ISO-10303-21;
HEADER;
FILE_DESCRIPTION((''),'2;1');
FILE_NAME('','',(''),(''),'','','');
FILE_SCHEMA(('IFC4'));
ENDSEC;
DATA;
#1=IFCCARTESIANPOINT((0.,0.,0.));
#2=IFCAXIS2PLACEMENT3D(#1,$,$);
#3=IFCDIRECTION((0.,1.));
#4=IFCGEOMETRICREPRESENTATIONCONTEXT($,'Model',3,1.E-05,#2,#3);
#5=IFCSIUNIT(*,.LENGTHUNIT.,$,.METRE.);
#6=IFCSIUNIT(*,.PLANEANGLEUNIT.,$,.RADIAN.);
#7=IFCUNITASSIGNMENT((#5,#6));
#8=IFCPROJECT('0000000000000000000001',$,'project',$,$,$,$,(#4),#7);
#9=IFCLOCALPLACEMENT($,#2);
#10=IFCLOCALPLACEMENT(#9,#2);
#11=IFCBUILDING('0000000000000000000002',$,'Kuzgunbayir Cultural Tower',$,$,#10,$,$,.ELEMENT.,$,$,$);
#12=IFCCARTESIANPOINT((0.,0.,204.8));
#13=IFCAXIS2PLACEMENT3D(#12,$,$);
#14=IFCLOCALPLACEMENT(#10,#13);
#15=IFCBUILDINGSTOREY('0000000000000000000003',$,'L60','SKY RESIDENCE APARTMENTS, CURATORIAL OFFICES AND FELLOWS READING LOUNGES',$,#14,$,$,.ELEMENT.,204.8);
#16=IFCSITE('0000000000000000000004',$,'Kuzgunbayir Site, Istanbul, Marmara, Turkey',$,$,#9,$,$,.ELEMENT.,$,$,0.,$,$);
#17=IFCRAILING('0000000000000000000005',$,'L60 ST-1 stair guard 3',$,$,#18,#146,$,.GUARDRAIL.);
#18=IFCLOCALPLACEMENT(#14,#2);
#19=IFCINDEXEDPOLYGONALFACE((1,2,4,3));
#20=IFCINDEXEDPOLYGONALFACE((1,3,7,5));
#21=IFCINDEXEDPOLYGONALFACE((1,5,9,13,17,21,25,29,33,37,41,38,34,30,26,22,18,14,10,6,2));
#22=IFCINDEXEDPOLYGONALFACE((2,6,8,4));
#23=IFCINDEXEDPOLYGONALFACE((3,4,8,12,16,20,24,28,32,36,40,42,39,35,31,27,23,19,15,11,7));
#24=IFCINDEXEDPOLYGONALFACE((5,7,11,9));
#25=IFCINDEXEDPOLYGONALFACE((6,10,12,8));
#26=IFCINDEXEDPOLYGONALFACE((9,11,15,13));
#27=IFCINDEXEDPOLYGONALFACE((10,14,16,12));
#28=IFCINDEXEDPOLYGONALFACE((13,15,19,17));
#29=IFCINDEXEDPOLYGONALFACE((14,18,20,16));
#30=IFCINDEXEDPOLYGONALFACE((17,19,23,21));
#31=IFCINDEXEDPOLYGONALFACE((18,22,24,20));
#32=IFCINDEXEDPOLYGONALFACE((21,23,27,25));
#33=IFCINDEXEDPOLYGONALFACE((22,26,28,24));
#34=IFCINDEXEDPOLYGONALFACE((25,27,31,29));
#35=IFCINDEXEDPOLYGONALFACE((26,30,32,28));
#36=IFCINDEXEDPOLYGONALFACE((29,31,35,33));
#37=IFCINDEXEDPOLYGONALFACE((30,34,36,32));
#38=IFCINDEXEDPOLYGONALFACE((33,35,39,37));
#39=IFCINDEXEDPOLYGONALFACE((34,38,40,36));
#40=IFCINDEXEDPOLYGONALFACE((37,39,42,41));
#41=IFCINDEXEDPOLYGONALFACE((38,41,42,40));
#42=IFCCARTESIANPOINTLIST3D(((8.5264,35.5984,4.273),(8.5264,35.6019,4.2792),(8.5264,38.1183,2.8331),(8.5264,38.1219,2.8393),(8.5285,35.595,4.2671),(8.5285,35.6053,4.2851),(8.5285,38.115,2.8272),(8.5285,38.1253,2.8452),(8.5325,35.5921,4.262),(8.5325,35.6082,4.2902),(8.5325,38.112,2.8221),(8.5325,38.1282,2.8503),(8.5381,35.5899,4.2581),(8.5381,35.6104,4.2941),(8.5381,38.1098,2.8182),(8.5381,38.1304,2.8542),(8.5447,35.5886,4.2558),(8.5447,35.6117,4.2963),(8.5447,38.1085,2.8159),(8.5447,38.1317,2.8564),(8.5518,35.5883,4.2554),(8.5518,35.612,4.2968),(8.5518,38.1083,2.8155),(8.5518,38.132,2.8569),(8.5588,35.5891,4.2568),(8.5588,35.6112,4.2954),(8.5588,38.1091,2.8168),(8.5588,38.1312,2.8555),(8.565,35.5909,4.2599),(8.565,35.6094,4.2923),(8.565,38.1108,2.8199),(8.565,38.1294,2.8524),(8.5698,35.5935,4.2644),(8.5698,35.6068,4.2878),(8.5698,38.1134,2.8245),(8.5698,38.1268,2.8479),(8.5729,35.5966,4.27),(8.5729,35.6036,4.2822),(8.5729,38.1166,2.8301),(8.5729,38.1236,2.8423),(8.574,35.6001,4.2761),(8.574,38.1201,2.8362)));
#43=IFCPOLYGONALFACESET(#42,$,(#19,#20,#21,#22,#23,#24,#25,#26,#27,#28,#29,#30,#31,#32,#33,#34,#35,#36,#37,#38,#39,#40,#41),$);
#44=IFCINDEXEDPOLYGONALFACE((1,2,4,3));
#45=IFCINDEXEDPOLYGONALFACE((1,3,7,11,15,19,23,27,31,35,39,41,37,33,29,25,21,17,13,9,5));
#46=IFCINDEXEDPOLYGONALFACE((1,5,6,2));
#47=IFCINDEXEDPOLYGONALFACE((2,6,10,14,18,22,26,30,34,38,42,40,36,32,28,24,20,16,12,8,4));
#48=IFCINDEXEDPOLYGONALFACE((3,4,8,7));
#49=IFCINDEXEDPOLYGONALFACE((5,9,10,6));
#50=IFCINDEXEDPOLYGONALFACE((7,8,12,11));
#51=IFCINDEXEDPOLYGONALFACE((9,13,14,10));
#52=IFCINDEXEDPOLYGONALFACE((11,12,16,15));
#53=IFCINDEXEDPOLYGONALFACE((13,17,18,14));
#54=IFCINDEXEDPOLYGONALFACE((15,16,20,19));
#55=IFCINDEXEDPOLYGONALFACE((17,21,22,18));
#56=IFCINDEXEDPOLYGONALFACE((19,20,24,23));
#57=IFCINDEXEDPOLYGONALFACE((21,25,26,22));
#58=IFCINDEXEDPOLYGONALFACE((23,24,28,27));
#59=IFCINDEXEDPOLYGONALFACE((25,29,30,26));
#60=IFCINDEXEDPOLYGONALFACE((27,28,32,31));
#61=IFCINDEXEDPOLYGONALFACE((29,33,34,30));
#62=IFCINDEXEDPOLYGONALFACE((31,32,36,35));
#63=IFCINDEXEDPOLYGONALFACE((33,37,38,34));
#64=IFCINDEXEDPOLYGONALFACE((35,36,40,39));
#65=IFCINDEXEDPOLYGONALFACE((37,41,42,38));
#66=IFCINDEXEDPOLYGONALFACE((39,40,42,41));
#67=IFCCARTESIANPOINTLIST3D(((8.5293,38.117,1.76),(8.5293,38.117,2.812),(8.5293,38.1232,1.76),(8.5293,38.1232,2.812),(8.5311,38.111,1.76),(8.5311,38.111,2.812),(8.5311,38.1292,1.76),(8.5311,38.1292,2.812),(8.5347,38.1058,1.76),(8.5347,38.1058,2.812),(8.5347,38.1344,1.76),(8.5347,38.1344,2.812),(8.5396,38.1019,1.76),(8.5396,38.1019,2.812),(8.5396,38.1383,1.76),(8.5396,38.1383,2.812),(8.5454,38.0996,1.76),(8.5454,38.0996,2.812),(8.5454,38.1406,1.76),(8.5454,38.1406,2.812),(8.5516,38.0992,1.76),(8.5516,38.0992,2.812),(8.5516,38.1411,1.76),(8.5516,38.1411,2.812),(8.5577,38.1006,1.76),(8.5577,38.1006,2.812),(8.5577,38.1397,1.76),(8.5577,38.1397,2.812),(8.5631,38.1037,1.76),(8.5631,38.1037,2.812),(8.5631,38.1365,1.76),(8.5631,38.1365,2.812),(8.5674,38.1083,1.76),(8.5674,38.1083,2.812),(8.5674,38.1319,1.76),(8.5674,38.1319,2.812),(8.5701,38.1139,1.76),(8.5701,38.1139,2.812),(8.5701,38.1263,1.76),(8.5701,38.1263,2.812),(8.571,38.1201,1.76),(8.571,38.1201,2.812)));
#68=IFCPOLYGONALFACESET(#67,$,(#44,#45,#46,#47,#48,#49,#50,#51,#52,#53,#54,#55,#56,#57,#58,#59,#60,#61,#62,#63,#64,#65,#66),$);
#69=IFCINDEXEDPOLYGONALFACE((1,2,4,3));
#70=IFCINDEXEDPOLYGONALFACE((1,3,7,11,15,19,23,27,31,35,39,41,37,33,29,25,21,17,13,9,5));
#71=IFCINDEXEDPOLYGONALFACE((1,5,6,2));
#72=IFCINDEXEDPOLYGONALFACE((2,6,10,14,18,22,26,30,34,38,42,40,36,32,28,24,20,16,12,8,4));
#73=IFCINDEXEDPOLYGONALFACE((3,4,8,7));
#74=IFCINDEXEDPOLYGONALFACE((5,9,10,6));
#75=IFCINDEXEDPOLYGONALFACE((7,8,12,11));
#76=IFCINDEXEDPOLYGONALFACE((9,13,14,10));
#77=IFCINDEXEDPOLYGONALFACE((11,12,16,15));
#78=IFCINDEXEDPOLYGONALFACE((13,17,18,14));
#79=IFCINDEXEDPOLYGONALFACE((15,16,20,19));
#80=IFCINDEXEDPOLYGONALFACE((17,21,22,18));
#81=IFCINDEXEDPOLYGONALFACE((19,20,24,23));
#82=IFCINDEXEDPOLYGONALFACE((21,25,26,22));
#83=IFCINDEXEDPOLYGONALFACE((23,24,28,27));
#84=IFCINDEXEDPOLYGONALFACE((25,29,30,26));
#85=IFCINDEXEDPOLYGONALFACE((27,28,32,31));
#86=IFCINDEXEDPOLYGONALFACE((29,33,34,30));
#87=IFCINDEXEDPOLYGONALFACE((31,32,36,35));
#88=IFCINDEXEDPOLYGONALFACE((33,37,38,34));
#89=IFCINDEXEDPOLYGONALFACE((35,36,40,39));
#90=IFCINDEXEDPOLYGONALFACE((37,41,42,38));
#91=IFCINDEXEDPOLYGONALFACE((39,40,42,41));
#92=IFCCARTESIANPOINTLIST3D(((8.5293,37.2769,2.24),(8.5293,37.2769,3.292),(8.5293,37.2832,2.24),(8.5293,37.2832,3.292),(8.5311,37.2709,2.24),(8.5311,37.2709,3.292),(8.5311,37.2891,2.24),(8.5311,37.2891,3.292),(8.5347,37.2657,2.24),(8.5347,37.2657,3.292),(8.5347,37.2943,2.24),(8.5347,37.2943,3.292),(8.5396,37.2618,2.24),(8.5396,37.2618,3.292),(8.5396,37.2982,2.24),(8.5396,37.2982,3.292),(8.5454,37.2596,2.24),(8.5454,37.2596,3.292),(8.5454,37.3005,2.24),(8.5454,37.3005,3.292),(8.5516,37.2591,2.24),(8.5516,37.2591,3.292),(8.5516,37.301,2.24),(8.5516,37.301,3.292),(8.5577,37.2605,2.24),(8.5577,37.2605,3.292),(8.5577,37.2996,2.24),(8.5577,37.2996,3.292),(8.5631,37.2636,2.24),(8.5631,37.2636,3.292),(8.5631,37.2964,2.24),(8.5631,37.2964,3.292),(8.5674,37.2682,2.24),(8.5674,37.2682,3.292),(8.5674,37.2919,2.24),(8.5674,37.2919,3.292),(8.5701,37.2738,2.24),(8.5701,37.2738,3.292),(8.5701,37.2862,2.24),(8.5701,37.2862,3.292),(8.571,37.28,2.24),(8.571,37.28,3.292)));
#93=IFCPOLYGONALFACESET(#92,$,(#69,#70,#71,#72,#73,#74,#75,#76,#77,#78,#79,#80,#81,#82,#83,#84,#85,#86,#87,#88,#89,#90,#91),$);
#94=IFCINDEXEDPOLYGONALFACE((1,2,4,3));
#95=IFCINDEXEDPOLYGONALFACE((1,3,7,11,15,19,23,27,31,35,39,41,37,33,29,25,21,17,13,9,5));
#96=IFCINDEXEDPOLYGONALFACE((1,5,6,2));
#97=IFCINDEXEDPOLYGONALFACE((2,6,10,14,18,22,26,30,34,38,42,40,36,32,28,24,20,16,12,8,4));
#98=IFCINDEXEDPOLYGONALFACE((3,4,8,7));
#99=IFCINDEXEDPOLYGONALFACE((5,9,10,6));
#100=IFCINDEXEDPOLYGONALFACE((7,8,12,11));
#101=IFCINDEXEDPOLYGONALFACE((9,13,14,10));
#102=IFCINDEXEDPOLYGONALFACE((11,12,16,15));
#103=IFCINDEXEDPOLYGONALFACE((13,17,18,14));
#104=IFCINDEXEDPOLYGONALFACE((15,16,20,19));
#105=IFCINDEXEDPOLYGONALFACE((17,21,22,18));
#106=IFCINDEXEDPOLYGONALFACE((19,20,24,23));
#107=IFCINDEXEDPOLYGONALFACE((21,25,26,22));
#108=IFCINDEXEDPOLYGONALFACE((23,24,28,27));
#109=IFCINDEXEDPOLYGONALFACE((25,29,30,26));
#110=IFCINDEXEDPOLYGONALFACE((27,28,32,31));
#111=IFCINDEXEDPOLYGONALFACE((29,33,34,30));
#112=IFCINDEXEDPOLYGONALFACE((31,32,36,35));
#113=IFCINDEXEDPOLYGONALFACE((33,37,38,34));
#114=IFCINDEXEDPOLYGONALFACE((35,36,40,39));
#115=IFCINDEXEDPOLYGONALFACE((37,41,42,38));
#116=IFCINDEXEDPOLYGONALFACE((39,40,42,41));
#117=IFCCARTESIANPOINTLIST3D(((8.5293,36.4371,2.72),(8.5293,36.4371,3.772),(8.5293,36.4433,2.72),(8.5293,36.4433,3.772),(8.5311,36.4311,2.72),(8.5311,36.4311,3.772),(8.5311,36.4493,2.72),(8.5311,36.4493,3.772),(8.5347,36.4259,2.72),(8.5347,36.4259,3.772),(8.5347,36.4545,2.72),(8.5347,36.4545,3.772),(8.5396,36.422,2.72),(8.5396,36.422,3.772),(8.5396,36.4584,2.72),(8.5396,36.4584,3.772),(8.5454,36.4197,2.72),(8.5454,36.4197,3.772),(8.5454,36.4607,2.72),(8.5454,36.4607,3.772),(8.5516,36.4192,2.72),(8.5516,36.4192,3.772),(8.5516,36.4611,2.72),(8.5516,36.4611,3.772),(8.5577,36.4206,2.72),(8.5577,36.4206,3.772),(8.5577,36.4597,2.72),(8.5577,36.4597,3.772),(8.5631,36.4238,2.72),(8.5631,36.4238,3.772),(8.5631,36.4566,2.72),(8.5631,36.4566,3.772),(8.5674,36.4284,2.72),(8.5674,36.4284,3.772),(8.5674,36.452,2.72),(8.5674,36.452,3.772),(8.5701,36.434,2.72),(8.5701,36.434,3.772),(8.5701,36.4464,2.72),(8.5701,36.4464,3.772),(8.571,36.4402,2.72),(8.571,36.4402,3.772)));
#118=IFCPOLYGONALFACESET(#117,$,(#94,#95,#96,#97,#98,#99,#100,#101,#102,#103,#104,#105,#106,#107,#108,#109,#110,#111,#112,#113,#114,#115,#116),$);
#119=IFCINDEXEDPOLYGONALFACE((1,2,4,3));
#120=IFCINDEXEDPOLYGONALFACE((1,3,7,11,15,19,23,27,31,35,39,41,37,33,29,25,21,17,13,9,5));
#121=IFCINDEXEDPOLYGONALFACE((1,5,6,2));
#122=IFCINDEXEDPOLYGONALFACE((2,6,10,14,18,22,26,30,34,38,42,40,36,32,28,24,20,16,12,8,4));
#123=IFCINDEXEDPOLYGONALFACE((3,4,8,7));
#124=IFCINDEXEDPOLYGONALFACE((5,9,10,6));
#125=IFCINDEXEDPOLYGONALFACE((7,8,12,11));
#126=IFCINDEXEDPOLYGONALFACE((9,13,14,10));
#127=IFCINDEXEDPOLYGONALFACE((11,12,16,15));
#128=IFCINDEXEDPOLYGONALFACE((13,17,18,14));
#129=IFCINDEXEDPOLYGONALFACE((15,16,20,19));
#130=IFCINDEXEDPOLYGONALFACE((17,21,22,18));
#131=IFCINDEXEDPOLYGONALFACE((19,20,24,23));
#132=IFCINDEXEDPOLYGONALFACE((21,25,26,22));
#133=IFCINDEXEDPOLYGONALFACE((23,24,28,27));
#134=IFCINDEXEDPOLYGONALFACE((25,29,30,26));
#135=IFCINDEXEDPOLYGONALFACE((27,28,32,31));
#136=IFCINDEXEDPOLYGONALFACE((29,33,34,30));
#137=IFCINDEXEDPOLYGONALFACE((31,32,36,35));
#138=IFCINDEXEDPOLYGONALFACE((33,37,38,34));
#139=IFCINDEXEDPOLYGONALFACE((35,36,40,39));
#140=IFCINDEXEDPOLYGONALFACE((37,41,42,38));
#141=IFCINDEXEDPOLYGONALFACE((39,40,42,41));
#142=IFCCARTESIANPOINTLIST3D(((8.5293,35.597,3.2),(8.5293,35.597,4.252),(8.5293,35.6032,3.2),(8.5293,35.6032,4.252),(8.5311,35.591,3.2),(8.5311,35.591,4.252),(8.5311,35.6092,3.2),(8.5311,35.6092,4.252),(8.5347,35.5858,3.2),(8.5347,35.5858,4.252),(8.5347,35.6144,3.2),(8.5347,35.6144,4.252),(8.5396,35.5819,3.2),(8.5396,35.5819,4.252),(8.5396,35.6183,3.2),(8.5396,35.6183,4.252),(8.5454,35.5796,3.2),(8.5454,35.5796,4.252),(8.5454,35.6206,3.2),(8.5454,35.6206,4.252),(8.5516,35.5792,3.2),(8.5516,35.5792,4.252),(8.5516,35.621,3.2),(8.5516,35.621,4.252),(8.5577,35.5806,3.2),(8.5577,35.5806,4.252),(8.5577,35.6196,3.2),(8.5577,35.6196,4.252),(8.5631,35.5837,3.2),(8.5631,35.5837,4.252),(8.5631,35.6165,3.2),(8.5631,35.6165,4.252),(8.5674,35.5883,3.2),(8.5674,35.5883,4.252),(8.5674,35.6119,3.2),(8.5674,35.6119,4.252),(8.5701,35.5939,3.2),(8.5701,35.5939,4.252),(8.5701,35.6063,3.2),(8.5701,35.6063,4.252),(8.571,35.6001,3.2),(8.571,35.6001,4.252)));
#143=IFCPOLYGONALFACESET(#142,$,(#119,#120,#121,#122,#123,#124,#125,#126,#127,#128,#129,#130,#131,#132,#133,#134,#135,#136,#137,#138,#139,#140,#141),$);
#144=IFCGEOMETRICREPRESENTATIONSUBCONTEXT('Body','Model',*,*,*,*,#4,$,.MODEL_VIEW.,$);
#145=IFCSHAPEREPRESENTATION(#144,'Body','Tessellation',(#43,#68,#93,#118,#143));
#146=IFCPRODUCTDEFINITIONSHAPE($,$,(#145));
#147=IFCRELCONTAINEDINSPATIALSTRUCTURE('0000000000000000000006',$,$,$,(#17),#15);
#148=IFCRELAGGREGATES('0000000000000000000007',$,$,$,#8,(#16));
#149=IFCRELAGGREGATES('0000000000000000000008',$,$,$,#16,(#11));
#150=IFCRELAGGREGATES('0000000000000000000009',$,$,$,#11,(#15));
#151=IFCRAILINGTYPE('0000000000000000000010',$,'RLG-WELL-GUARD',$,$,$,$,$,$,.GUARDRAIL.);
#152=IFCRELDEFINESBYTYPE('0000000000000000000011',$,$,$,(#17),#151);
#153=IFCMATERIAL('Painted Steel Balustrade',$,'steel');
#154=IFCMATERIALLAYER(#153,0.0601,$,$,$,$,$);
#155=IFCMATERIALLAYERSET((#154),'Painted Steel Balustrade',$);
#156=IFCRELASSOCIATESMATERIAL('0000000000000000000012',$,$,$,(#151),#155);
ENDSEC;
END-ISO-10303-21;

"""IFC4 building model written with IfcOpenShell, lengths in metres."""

from ifc_helpers import new_model, si_unit, direction, frame, origin, origin_2d, place, context, subcontext, project, spatial, circle, extrude, material, layer, layer_set, type_object, element, save


model = new_model("IFC4")

# Units and contexts
model_context = context("Model", 3, precision=1e-05, world=origin(), true_north=direction((0.0, 1.0)))
body_context = subcontext(model_context, "Body", "Model", "MODEL_VIEW")
ifc_project = project(units=[si_unit("LENGTHUNIT", "METRE"), si_unit("PLANEANGLEUNIT", "RADIAN")], contexts=[model_context])

# Site, building, storey
site_placement = place(None, origin())
site = spatial("IfcSite", under=ifc_project, at=site_placement, Name="Kuzgunbayir Site, Istanbul, Marmara, Turkey", CompositionType="ELEMENT", RefElevation=0.0)
building_placement = place(site_placement, origin())
building = spatial("IfcBuilding", under=site, at=building_placement, Name="Kuzgunbayir Cultural Tower", CompositionType="ELEMENT")
storey_placement = place(building_placement, frame((0.0, 0.0, 204.8)))
storey = spatial("IfcBuildingStorey", under=building, at=storey_placement, Name="L60", Description="SKY RESIDENCE APARTMENTS, CURATORIAL OFFICES AND FELLOWS READING LOUNGES", CompositionType="ELEMENT", Elevation=204.8)

# Railing
ifc_material_1 = material(Name="Painted Steel Balustrade", Category="steel")
ifc_layer_1 = layer(ifc_material_1, 0.0601)
ifc_layer_set_1 = layer_set([ifc_layer_1], Name="Painted Steel Balustrade")
railing_type_1 = type_object("IfcRailingType", Name="RLG-WELL-GUARD", PredefinedType="GUARDRAIL", material=ifc_layer_set_1)
railing_1_placement = place(storey_placement, frame((8.55, 38.1201, 1.76)))
element("IfcRailing", 1, at=railing_1_placement, inside=storey, type_object=railing_type_1, Name="L60 ST-1 stair guard 3", PredefinedType="GUARDRAIL", context=body_context, shape_type="SweptSolid", body=[
    extrude(circle(Radius=0.0239, at=origin_2d()), frame((0.0, 0.0, 1.0762), z_axis=(0.0, -0.868253, 0.496121), x_axis=(1.0, 0.0, 0.0)), (0.0, 0.0, 1.0), 2.9023),
    extrude(circle(Radius=0.021, at=origin_2d()), origin(), (0.0, 0.0, 1.0), 1.052),
    extrude(circle(Radius=0.021, at=origin_2d()), frame((0.0, -0.8401, 0.48)), (0.0, 0.0, 1.0), 1.052),
    extrude(circle(Radius=0.021, at=origin_2d()), frame((0.0, -1.6799, 0.96)), (0.0, 0.0, 1.0), 1.052),
    extrude(circle(Radius=0.021, at=origin_2d()), frame((0.0, -2.52, 1.4399)), (0.0, 0.0, 1.0), 1.052),
])

save(model, "model.ifc")
